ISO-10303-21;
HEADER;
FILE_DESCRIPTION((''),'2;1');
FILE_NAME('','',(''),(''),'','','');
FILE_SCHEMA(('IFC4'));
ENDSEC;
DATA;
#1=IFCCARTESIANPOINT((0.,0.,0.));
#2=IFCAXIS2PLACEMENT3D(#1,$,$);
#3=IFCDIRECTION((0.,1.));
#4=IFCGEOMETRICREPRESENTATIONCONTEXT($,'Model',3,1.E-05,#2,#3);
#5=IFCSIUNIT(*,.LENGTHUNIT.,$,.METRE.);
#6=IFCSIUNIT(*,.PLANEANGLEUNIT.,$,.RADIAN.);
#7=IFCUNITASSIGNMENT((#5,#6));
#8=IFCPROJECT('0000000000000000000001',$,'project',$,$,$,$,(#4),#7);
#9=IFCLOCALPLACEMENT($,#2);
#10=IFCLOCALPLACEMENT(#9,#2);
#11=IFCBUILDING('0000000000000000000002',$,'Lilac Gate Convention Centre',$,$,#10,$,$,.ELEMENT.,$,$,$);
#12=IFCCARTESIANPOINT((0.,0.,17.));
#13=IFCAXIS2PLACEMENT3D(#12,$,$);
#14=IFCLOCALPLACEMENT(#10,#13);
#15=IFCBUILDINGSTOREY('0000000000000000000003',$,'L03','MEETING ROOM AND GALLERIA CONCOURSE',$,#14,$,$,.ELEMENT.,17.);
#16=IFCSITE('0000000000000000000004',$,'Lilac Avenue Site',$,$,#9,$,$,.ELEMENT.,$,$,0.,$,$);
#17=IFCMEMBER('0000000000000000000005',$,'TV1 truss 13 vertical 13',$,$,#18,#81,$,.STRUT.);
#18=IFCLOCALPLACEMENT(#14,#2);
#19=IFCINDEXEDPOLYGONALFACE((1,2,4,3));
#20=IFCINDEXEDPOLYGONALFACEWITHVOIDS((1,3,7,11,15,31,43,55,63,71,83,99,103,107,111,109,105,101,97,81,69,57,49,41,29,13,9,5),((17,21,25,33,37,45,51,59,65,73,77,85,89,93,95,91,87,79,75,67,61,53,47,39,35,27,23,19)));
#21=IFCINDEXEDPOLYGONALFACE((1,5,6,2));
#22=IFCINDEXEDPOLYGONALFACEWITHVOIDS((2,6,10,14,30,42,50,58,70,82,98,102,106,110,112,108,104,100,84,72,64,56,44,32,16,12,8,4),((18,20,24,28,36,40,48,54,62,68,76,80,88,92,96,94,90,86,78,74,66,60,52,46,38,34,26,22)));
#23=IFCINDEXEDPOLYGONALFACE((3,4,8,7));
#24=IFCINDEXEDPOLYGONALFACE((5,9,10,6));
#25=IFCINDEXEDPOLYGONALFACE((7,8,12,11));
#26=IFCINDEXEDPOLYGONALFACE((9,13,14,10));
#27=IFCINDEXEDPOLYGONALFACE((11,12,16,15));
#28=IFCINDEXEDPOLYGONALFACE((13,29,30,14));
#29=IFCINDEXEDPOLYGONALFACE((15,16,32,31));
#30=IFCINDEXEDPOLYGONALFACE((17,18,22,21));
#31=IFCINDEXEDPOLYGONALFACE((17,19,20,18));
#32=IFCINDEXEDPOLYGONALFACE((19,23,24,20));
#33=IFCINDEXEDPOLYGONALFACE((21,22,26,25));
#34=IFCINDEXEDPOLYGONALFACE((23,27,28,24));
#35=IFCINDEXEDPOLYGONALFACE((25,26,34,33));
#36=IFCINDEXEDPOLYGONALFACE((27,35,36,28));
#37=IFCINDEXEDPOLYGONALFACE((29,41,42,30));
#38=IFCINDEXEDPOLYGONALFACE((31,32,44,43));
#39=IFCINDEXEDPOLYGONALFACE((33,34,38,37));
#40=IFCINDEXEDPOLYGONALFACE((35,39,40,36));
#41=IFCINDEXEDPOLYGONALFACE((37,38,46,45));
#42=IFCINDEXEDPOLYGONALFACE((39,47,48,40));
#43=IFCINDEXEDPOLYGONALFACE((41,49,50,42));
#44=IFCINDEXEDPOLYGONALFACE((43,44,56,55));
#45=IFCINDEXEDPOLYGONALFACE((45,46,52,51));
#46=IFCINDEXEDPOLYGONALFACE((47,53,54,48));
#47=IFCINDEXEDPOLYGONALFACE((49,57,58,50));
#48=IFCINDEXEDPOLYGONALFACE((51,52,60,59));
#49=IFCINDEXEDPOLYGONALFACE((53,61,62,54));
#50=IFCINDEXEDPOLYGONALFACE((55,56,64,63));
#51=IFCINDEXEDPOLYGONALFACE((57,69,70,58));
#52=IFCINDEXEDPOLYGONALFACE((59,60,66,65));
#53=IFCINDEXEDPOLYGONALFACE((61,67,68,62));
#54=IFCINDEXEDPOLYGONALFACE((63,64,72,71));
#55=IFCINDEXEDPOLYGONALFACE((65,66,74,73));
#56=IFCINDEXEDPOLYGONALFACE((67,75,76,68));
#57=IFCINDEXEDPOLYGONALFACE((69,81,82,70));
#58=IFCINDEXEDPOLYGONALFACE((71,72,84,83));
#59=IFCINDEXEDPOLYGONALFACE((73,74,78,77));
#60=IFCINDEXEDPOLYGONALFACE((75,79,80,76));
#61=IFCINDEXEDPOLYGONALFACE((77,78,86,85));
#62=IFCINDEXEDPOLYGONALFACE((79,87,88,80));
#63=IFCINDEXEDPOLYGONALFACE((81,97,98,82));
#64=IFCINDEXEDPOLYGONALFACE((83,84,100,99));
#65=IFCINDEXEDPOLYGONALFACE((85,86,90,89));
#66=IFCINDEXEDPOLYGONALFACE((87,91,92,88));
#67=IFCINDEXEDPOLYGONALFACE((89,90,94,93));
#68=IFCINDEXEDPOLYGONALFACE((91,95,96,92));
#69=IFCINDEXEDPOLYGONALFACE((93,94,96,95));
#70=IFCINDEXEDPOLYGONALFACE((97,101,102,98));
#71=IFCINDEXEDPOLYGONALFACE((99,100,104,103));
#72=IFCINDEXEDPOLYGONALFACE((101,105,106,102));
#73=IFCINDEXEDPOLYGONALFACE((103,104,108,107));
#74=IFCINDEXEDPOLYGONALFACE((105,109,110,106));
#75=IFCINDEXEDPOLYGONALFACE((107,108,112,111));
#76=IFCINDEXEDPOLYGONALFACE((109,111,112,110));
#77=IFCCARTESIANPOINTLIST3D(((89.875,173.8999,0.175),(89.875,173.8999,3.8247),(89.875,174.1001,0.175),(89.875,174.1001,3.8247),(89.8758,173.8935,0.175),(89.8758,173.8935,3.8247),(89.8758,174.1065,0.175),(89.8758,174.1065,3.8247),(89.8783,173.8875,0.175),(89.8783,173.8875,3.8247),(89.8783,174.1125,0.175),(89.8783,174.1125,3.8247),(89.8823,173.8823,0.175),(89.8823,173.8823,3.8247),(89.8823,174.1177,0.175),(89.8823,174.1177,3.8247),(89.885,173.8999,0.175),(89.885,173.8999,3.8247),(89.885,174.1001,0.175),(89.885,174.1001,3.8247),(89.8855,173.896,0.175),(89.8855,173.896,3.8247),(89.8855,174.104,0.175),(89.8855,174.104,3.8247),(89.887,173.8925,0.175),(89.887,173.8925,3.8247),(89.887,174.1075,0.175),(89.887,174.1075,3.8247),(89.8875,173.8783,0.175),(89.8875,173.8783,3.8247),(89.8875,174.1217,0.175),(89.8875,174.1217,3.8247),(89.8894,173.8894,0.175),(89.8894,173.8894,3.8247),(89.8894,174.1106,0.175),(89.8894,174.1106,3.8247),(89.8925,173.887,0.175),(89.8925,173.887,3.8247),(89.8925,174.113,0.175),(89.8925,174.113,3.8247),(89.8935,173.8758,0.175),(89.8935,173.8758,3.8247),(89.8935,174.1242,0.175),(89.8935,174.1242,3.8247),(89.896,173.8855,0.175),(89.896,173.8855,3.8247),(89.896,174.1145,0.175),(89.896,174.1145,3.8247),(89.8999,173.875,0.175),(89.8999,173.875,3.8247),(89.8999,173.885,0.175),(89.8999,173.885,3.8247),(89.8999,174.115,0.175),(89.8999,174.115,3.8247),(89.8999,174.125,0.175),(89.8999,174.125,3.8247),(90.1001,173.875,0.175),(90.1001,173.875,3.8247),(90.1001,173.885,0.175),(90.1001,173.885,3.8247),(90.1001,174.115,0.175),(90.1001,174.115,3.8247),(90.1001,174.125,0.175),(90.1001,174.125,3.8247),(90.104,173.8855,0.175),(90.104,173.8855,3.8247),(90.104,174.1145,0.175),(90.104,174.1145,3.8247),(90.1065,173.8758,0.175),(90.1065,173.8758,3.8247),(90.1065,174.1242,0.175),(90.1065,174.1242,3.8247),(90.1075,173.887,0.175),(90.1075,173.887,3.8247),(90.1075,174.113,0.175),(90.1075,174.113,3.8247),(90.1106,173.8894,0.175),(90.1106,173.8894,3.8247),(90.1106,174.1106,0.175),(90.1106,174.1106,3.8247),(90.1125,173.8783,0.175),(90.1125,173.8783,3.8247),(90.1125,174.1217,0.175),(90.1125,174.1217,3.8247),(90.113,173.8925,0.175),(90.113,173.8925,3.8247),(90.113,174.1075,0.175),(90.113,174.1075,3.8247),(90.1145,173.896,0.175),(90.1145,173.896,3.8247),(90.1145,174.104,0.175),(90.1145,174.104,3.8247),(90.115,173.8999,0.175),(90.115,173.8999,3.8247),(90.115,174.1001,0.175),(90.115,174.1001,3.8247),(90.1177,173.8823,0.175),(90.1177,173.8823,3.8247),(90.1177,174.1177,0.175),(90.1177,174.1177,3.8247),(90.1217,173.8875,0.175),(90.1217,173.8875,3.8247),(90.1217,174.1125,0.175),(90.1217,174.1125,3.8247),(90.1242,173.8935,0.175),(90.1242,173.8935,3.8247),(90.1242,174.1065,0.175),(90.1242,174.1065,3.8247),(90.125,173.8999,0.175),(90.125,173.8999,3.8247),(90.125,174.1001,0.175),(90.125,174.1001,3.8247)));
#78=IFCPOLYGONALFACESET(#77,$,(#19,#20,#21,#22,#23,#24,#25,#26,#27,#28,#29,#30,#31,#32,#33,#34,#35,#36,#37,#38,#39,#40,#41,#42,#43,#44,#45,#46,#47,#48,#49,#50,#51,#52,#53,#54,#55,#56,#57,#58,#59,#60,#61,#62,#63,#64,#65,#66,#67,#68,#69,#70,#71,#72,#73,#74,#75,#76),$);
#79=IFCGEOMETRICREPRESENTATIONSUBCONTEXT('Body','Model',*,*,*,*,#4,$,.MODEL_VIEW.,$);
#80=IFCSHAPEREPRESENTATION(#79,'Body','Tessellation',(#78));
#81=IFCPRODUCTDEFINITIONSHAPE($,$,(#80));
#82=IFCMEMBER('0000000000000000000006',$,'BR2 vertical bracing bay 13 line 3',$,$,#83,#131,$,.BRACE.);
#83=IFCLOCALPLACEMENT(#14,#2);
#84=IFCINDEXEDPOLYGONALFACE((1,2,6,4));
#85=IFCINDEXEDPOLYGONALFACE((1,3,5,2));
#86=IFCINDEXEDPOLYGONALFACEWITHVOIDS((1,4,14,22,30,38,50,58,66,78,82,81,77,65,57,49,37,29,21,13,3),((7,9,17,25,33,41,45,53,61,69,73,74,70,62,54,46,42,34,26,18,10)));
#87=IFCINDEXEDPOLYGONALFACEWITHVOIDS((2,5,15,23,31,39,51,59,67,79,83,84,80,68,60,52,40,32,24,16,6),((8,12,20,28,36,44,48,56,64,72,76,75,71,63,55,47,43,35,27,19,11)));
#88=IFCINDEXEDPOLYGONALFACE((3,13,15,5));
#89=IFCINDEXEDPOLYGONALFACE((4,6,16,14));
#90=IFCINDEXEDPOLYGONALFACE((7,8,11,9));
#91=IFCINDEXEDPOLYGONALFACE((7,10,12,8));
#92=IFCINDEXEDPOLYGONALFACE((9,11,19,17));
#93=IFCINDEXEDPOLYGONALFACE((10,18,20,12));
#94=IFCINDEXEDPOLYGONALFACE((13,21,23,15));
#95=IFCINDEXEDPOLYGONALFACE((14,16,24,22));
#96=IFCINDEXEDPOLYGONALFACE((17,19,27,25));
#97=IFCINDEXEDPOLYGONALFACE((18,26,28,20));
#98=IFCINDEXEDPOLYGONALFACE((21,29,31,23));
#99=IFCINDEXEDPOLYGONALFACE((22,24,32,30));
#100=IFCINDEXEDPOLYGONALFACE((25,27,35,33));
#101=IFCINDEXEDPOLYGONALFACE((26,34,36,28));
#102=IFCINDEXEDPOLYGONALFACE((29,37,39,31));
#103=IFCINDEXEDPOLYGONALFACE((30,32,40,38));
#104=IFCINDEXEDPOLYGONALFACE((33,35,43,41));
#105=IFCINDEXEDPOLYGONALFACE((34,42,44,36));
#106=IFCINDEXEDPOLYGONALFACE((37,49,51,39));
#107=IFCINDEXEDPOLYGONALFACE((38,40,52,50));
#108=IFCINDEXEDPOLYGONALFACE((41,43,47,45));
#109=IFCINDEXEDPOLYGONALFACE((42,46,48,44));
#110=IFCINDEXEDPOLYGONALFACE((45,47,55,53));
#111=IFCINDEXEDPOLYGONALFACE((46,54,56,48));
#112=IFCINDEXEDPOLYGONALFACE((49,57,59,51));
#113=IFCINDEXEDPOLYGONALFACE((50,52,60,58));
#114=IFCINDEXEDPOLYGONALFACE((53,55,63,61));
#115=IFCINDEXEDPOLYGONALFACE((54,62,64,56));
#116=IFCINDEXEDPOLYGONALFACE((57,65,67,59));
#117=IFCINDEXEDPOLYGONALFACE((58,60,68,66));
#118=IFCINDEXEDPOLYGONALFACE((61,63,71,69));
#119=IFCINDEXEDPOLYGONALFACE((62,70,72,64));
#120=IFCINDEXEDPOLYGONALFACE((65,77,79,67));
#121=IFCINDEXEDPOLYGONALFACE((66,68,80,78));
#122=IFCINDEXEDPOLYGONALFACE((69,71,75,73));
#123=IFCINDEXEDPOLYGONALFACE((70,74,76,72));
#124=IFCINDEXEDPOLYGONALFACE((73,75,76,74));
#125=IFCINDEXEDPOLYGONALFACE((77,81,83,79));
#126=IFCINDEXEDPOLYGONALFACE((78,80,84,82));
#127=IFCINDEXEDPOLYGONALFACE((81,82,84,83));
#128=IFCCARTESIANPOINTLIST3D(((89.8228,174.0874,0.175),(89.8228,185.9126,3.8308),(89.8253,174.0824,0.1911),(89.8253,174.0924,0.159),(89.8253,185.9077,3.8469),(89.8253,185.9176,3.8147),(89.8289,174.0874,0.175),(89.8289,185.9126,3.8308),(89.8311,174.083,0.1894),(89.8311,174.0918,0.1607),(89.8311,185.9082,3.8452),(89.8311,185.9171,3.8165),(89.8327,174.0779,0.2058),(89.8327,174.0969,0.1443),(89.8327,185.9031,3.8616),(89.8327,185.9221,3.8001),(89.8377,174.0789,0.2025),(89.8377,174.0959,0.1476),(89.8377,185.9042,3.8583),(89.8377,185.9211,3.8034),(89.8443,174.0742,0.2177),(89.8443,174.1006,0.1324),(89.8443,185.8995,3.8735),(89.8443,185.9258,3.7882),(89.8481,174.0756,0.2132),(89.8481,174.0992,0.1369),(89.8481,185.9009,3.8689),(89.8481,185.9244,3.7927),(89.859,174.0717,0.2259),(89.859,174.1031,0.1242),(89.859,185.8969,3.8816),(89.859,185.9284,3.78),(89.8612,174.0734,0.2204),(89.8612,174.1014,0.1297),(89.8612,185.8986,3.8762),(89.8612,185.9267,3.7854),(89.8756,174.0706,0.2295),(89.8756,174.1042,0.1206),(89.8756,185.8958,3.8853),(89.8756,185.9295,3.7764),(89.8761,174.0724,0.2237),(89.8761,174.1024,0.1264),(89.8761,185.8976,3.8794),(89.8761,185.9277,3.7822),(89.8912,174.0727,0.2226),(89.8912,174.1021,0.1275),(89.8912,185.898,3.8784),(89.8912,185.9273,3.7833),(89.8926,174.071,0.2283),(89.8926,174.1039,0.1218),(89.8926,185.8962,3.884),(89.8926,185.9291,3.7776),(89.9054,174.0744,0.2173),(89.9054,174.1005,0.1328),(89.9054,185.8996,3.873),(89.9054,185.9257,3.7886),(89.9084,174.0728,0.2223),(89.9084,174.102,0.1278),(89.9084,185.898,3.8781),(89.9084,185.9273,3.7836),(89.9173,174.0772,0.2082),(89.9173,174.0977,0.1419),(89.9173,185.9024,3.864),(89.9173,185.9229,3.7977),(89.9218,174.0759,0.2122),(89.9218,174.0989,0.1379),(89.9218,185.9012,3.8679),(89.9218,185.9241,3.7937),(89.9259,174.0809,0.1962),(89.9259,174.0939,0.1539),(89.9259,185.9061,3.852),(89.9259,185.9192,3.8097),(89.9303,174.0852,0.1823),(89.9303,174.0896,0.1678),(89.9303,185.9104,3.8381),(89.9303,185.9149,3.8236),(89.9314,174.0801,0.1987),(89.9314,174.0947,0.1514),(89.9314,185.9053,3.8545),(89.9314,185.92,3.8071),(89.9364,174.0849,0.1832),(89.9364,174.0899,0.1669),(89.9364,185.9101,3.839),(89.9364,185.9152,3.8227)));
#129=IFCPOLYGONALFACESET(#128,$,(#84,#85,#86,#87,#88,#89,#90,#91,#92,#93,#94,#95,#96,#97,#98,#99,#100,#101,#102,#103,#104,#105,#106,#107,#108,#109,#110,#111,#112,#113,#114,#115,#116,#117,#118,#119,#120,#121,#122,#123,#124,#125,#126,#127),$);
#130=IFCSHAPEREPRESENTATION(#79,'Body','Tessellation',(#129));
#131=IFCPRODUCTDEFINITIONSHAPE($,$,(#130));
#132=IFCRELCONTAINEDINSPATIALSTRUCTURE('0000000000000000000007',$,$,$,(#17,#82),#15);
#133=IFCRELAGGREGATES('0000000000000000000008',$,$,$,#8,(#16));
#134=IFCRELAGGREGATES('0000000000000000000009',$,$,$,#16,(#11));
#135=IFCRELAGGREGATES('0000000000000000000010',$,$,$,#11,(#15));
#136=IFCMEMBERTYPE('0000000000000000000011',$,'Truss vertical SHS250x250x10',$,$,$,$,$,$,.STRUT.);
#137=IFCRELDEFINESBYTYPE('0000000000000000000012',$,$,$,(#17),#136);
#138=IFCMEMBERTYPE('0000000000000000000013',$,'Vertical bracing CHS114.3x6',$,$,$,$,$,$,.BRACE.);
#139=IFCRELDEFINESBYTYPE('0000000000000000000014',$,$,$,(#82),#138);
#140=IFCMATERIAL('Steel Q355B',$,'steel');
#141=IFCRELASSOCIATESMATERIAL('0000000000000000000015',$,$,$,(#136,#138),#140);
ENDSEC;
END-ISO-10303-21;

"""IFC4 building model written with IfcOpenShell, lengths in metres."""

from ifc_helpers import new_model, si_unit, direction, frame, origin, origin_2d, place, context, subcontext, project, spatial, hollow_rectangle, hollow_circle, extrude, material, material_profile, profile_set, type_object, element, save


model = new_model("IFC4")

# Units and contexts
model_context = context("Model", 3, precision=1e-05, world=origin(), true_north=direction((0.0, 1.0)))
body_context = subcontext(model_context, "Body", "Model", "MODEL_VIEW")
ifc_project = project(units=[si_unit("LENGTHUNIT", "METRE"), si_unit("PLANEANGLEUNIT", "RADIAN")], contexts=[model_context])

# Site, building, storey
site_placement = place(None, origin())
site = spatial("IfcSite", under=ifc_project, at=site_placement, Name="Lilac Avenue Site", CompositionType="ELEMENT", RefElevation=0.0)
building_placement = place(site_placement, origin())
building = spatial("IfcBuilding", under=site, at=building_placement, Name="Lilac Gate Convention Centre", CompositionType="ELEMENT")
storey_placement = place(building_placement, frame((0.0, 0.0, 17.0)))
storey = spatial("IfcBuildingStorey", under=building, at=storey_placement, Name="L03", Description="MEETING ROOM AND GALLERIA CONCOURSE", CompositionType="ELEMENT", Elevation=17.0)

# Members
ifc_material = material(Name="Steel Q355B", Category="steel")
ifc_material_profile_1 = material_profile(ifc_material, hollow_rectangle(XDim=0.25, YDim=0.25, WallThickness=0.01, InnerFilletRadius=0.0149, OuterFilletRadius=0.0249, at=origin_2d()), Name="SHS250x250x10")
ifc_profile_set_1 = profile_set([ifc_material_profile_1], Name="Steel Q355B")
member_type_1 = type_object("IfcMemberType", Name="Truss vertical SHS250x250x10", PredefinedType="STRUT", material=ifc_profile_set_1)
member_1_placement = place(storey_placement, frame((90.0, 174.0, 0.175), z_axis=(0.0, 0.0, 1.0), x_axis=(1.0, 0.0, 0.0)))
element("IfcMember", 1, at=member_1_placement, inside=storey, type_object=member_type_1, Name="TV1 truss 13 vertical 13", PredefinedType="STRUT", context=body_context, shape_type="SweptSolid", body=[
    extrude(hollow_rectangle(XDim=0.25, YDim=0.25, WallThickness=0.01, InnerFilletRadius=0.0149, OuterFilletRadius=0.0249, at=origin_2d()), origin(), (0.0, 0.0, 1.0), 3.6497),
])
ifc_material_profile_2 = material_profile(ifc_material, hollow_circle(Radius=0.0571, WallThickness=0.0061, at=origin_2d()), Name="CHS114.3x6")
ifc_profile_set_2 = profile_set([ifc_material_profile_2], Name="Steel Q355B")
member_type_2 = type_object("IfcMemberType", Name="Vertical bracing CHS114.3x6", PredefinedType="BRACE", material=ifc_profile_set_2)
member_2_placement = place(storey_placement, frame((89.8799, 174.0874, 0.175), z_axis=(0.0, 0.955387, 0.295358), x_axis=(-1.0, 0.0, 0.0)))
element("IfcMember", 2, at=member_2_placement, inside=storey, type_object=member_type_2, Name="BR2 vertical bracing bay 13 line 3", PredefinedType="BRACE", context=body_context, shape_type="SweptSolid", body=[
    extrude(hollow_circle(Radius=0.0571, WallThickness=0.0061, at=origin_2d()), origin(), (0.0, 0.0, 1.0), 12.3774),
])

save(model, "model.ifc")
